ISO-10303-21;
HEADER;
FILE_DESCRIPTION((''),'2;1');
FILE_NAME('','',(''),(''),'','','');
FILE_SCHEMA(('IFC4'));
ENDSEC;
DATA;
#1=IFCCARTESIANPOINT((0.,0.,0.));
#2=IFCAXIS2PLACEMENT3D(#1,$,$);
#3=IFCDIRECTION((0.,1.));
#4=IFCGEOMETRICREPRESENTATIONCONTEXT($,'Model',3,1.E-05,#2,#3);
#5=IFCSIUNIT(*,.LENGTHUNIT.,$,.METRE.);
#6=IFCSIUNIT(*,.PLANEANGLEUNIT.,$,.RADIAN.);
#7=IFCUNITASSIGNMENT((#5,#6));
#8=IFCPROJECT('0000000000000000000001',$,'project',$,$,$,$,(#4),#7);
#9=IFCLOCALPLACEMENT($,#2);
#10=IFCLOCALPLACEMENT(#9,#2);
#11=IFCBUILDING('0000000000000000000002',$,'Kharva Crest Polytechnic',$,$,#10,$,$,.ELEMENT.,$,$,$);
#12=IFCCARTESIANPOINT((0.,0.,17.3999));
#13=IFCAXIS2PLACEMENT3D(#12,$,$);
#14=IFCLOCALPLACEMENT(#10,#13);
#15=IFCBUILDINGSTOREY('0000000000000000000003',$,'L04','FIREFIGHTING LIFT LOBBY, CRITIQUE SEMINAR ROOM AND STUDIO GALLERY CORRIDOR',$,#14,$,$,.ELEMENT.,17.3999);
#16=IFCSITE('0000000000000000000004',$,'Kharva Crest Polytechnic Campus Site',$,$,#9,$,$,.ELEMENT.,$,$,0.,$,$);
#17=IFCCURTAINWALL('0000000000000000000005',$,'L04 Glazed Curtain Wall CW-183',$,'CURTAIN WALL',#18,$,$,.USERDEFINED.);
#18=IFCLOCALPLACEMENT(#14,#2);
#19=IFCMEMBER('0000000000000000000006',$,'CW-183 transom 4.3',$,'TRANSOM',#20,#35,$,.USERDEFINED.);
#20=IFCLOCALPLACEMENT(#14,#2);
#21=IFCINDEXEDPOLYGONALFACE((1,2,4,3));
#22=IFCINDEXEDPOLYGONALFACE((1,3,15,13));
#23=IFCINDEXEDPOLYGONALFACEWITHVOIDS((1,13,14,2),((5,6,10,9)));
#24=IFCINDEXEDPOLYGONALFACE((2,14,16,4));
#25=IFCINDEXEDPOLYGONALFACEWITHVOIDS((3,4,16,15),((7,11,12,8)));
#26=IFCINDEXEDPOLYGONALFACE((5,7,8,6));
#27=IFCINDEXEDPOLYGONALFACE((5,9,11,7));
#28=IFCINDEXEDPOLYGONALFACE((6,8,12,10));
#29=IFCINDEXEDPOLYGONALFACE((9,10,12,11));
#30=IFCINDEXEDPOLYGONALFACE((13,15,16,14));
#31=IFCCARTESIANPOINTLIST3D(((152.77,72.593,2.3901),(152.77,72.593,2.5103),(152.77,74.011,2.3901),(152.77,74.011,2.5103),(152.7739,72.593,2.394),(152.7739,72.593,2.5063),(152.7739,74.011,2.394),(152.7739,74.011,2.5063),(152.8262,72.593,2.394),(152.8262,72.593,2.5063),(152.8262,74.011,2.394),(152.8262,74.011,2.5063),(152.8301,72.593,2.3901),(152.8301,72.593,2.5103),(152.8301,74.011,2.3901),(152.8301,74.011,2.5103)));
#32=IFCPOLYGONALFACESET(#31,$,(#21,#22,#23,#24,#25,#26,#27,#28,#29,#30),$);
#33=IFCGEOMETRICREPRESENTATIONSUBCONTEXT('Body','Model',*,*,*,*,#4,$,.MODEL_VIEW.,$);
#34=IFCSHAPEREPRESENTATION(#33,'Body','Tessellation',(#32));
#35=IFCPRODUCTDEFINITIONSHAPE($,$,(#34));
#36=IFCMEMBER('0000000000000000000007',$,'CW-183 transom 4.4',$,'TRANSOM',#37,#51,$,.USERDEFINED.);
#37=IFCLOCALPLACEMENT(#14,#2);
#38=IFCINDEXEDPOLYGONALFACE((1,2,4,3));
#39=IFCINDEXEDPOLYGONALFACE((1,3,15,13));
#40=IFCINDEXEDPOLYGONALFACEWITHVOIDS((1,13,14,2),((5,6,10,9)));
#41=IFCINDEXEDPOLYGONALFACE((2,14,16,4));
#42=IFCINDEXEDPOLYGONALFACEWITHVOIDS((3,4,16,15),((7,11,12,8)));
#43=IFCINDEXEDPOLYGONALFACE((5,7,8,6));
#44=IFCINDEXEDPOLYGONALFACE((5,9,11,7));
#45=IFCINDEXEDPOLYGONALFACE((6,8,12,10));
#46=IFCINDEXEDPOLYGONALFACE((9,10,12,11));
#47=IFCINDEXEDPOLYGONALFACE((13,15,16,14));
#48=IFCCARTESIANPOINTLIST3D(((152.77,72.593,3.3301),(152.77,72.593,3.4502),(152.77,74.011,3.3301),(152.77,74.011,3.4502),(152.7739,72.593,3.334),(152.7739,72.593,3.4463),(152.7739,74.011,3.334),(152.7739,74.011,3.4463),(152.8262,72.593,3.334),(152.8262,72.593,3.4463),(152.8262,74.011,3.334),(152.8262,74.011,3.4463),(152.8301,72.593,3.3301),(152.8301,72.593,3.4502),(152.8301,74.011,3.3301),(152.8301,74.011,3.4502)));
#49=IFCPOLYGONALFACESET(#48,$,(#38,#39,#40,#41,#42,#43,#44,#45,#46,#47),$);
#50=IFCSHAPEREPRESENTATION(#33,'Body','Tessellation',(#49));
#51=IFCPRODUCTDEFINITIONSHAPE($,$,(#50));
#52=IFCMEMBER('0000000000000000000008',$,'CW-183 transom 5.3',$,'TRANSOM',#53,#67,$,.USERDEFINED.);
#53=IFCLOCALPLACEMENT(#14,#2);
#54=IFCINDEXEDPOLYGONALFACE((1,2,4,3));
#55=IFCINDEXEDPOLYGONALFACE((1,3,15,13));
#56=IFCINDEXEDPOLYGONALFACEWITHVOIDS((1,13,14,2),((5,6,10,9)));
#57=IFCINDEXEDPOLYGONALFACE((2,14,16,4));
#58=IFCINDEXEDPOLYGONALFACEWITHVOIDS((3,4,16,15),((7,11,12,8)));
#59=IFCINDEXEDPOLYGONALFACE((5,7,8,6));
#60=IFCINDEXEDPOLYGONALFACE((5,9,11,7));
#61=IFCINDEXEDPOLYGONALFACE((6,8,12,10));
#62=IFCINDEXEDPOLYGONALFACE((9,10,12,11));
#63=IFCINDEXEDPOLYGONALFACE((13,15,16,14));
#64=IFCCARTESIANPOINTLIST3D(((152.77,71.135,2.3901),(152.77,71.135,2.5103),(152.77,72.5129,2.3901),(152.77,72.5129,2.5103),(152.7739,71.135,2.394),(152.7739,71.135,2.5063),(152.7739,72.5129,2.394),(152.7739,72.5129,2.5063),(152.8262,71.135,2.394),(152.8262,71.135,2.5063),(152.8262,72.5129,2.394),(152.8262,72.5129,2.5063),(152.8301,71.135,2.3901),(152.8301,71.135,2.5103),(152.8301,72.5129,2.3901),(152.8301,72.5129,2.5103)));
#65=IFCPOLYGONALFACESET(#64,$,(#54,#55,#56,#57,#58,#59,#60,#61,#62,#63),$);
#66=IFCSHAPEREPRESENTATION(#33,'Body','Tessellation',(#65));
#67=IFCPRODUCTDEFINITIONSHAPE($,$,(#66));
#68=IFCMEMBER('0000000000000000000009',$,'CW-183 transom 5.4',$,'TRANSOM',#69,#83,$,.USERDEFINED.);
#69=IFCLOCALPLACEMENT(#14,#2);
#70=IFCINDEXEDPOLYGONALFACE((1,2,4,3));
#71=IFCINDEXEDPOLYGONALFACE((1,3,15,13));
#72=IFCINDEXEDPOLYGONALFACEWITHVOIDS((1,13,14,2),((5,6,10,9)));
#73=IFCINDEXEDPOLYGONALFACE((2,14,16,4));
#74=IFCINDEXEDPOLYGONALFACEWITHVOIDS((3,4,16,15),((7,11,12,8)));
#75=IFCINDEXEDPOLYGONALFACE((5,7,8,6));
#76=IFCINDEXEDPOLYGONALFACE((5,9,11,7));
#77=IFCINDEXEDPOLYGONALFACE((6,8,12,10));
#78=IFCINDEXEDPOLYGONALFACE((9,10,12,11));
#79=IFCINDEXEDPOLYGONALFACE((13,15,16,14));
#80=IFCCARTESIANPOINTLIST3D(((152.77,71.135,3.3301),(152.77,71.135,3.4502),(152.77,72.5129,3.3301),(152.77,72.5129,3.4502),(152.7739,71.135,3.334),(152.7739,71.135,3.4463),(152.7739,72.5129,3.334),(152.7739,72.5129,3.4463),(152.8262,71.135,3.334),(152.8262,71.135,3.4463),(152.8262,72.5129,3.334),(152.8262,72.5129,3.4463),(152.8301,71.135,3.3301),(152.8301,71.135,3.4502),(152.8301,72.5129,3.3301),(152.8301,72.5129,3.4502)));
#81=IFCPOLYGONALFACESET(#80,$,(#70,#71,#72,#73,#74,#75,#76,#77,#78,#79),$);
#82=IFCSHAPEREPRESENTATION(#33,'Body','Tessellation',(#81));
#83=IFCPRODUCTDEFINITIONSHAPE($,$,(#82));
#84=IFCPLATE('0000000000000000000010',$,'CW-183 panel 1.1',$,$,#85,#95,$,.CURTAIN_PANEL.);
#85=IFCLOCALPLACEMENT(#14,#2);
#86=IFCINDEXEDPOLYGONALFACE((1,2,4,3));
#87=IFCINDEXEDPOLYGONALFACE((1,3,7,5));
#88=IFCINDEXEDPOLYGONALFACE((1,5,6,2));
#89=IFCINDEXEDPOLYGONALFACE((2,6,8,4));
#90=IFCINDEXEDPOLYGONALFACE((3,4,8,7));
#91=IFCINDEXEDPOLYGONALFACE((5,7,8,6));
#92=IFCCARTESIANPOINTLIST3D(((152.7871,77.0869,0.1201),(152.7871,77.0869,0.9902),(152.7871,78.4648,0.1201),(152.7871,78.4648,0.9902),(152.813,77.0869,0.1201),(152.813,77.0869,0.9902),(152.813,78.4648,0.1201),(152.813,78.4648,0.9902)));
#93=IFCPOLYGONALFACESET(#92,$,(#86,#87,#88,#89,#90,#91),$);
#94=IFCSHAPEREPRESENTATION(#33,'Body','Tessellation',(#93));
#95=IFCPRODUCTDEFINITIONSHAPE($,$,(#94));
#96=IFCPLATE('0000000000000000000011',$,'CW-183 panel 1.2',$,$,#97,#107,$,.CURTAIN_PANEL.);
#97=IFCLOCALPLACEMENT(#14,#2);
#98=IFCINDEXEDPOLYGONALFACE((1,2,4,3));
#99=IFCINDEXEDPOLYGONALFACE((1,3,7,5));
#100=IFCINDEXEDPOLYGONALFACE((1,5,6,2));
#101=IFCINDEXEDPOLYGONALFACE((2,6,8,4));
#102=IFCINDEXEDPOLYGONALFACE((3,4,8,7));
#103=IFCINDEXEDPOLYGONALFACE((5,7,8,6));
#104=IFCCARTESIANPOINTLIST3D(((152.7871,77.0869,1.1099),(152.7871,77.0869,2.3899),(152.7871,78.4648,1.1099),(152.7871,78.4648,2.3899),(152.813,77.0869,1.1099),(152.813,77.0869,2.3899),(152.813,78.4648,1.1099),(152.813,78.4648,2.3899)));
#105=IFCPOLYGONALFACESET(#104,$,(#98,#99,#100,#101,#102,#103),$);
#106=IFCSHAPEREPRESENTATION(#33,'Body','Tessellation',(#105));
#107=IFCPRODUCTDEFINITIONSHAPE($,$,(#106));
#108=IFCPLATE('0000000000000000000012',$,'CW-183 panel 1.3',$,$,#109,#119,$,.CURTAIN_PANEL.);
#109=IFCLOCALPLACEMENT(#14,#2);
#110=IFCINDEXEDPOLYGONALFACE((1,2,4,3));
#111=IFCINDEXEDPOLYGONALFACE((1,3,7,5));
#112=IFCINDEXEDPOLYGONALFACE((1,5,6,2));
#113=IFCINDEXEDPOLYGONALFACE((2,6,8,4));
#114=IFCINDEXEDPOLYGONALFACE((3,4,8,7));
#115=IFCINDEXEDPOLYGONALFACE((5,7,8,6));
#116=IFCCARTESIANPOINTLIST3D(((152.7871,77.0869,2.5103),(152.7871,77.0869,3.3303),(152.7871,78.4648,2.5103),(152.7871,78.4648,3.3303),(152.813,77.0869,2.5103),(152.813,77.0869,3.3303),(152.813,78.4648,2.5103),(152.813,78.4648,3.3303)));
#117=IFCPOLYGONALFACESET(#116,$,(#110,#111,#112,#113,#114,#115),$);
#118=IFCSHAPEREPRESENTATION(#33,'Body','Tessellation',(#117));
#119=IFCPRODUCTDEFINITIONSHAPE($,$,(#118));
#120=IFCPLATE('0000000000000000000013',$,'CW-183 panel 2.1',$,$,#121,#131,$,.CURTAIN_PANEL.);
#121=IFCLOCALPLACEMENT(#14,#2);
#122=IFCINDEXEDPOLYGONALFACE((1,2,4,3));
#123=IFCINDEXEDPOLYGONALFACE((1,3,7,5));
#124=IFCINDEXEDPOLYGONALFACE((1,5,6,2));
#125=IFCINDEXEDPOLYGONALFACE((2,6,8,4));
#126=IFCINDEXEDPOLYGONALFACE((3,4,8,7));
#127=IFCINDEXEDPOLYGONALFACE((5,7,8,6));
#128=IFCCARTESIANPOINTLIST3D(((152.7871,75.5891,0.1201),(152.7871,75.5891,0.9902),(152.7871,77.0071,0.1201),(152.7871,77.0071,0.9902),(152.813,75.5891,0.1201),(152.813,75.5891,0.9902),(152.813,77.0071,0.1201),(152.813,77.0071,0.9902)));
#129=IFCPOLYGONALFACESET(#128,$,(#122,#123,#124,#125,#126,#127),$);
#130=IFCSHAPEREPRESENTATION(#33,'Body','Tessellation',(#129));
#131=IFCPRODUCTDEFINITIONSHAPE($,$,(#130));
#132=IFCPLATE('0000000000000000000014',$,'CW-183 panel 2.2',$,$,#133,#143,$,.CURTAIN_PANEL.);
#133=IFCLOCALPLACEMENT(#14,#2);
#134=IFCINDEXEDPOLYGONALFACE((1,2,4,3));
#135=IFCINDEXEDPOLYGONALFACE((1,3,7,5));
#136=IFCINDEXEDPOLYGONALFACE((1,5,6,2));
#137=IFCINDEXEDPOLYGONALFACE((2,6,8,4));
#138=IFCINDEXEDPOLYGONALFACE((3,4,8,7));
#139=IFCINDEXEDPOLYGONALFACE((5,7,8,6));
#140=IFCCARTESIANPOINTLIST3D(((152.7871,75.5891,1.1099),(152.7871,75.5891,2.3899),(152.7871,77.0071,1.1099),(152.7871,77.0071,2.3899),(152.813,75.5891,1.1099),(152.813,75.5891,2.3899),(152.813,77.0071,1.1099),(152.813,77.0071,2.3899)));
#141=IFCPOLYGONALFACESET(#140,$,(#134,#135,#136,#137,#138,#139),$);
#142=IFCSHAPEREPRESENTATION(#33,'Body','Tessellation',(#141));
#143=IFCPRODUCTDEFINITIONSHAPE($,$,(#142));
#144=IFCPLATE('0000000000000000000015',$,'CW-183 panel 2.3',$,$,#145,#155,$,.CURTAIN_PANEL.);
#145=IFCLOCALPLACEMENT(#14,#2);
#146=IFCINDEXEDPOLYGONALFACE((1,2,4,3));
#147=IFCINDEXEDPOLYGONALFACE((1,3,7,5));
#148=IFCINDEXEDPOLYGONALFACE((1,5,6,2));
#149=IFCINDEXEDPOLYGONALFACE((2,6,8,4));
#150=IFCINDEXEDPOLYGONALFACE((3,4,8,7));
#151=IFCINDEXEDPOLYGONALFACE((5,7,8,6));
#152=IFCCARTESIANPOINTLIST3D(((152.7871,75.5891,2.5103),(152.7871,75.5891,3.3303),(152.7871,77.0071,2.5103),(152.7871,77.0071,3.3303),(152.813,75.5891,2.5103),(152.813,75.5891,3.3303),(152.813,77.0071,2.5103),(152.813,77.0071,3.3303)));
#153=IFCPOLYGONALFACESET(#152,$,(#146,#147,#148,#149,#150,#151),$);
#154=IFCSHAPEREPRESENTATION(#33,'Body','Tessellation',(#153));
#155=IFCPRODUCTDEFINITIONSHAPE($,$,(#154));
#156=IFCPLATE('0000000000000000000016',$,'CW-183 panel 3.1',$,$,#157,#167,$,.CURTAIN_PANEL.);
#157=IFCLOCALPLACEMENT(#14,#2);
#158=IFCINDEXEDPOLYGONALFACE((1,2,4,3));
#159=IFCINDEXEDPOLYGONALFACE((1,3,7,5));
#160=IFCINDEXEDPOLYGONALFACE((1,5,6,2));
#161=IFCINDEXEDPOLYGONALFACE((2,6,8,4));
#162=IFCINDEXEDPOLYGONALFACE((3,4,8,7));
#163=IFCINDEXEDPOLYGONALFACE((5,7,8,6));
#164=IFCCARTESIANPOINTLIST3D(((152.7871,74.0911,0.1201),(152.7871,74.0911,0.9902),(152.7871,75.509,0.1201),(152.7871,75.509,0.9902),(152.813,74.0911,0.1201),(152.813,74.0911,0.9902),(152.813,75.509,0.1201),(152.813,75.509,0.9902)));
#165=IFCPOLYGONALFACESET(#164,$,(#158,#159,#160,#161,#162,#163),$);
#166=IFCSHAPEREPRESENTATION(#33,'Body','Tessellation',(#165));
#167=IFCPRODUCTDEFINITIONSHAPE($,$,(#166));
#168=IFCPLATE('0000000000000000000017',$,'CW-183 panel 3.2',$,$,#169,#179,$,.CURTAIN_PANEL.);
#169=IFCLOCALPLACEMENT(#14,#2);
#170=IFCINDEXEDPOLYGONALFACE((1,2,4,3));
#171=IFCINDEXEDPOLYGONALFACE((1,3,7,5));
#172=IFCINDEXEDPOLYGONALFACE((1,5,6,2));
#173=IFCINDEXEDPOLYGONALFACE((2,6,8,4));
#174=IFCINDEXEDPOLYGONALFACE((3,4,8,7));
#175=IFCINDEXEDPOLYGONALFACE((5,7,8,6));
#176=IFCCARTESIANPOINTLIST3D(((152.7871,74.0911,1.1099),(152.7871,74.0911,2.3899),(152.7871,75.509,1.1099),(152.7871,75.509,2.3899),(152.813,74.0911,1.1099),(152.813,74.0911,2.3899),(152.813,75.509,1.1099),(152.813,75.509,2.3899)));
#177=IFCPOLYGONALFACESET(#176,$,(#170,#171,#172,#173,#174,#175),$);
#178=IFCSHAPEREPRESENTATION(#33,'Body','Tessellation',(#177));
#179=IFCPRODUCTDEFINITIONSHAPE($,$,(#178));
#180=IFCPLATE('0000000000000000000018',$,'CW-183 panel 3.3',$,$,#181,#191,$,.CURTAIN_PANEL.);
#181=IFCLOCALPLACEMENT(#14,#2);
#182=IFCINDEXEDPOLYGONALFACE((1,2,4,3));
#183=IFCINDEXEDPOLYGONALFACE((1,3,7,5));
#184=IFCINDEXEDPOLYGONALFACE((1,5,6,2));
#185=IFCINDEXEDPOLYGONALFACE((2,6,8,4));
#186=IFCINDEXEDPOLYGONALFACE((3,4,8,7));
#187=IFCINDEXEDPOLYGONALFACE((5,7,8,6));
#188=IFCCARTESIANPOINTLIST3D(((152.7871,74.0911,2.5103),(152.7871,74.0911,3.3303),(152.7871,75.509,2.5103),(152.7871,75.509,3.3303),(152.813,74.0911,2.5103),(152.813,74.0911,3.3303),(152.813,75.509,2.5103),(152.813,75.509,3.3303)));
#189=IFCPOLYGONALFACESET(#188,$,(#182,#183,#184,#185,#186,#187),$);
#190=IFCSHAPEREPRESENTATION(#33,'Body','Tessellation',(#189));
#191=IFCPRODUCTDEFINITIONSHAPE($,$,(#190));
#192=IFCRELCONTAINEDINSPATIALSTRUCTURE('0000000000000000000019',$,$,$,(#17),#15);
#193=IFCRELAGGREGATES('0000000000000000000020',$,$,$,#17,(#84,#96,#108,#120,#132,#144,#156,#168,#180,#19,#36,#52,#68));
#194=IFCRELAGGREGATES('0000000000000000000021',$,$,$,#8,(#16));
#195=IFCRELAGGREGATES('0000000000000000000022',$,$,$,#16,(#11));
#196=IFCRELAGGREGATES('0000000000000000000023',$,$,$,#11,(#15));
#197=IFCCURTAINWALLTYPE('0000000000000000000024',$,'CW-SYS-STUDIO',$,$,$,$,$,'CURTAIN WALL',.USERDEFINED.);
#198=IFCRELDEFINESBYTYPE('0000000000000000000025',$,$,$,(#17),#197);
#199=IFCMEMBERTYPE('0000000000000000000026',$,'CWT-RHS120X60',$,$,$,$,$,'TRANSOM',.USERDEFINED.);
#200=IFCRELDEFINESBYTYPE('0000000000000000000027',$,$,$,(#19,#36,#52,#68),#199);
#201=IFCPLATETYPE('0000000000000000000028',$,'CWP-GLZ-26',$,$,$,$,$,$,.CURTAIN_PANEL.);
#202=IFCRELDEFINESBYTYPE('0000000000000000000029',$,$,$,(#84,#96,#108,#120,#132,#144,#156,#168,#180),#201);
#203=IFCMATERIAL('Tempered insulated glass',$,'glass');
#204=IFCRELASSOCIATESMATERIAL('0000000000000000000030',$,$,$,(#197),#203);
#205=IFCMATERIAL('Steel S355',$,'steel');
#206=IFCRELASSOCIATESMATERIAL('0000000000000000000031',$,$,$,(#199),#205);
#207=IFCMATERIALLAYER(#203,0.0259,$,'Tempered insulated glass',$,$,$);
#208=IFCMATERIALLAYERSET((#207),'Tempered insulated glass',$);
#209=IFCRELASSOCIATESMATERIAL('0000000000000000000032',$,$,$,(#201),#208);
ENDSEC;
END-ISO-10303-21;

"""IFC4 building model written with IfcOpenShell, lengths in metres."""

from ifc_helpers import new_model, si_unit, direction, frame, origin, origin_2d, place, context, subcontext, project, spatial, rectangle, hollow_rectangle, extrude, material, layer, layer_set, material_profile, profile_set, type_object, element, aggregate, save


model = new_model("IFC4")

# Units and contexts
model_context = context("Model", 3, precision=1e-05, world=origin(), true_north=direction((0.0, 1.0)))
body_context = subcontext(model_context, "Body", "Model", "MODEL_VIEW")
ifc_project = project(units=[si_unit("LENGTHUNIT", "METRE"), si_unit("PLANEANGLEUNIT", "RADIAN")], contexts=[model_context])

# Site, building, storey
site_placement = place(None, origin())
site = spatial("IfcSite", under=ifc_project, at=site_placement, Name="Kharva Crest Polytechnic Campus Site", CompositionType="ELEMENT", RefElevation=0.0)
building_placement = place(site_placement, origin())
building = spatial("IfcBuilding", under=site, at=building_placement, Name="Kharva Crest Polytechnic", CompositionType="ELEMENT")
storey_placement = place(building_placement, frame((0.0, 0.0, 17.3999)))
storey = spatial("IfcBuildingStorey", under=building, at=storey_placement, Name="L04", Description="FIREFIGHTING LIFT LOBBY, CRITIQUE SEMINAR ROOM AND STUDIO GALLERY CORRIDOR", CompositionType="ELEMENT", Elevation=17.3999)

# Curtain wall, members, plates
ifc_material_1 = material(Name="Tempered insulated glass", Category="glass")
curtain_wall_type = type_object("IfcCurtainWallType", Name="CW-SYS-STUDIO", ElementType="CURTAIN WALL", PredefinedType="USERDEFINED", material=ifc_material_1)
curtain_wall_placement = place(storey_placement, origin())
curtain_wall = element("IfcCurtainWall", 1, at=curtain_wall_placement, inside=storey, type_object=curtain_wall_type, Name="L04 Glazed Curtain Wall CW-183", ObjectType="CURTAIN WALL", PredefinedType="USERDEFINED")
ifc_material_2 = material(Name="Steel S355", Category="steel")
ifc_material_profile_1 = material_profile(ifc_material_2, hollow_rectangle(XDim=0.0601, YDim=0.1201, WallThickness=0.0039, at=origin_2d()), Name="RHS 120X60X4.0")
ifc_profile_set_1 = profile_set([ifc_material_profile_1], Name="Steel S355")
member_type_1 = type_object("IfcMemberType", Name="CWT-RHS120X60", ElementType="TRANSOM", PredefinedType="USERDEFINED", material=ifc_profile_set_1)
member_1_placement = place(storey_placement, frame((152.8, 74.011, 2.4502), z_axis=(0.0, -1.0, 0.0), x_axis=(1.0, 0.0, 0.0)))
member_1 = element("IfcMember", 2, at=member_1_placement, type_object=member_type_1, Name="CW-183 transom 4.3", ObjectType="TRANSOM", PredefinedType="USERDEFINED", context=body_context, shape_type="SweptSolid", body=[
    extrude(hollow_rectangle(XDim=0.0601, YDim=0.1201, WallThickness=0.0039, at=origin_2d()), origin(), (0.0, 0.0, 1.0), 1.418),
])
member_2_placement = place(storey_placement, frame((152.8, 74.011, 3.3901), z_axis=(0.0, -1.0, 0.0), x_axis=(1.0, 0.0, 0.0)))
member_2 = element("IfcMember", 3, at=member_2_placement, type_object=member_type_1, Name="CW-183 transom 4.4", ObjectType="TRANSOM", PredefinedType="USERDEFINED", context=body_context, shape_type="SweptSolid", body=[
    extrude(hollow_rectangle(XDim=0.0601, YDim=0.1201, WallThickness=0.0039, at=origin_2d()), origin(), (0.0, 0.0, 1.0), 1.418),
])
member_3_placement = place(storey_placement, frame((152.8, 72.5129, 2.4502), z_axis=(0.0, -1.0, 0.0), x_axis=(1.0, 0.0, 0.0)))
member_3 = element("IfcMember", 4, at=member_3_placement, type_object=member_type_1, Name="CW-183 transom 5.3", ObjectType="TRANSOM", PredefinedType="USERDEFINED", context=body_context, shape_type="SweptSolid", body=[
    extrude(hollow_rectangle(XDim=0.0601, YDim=0.1201, WallThickness=0.0039, at=origin_2d()), origin(), (0.0, 0.0, 1.0), 1.3779),
])
member_4_placement = place(storey_placement, frame((152.8, 72.5129, 3.3901), z_axis=(0.0, -1.0, 0.0), x_axis=(1.0, 0.0, 0.0)))
member_4 = element("IfcMember", 5, at=member_4_placement, type_object=member_type_1, Name="CW-183 transom 5.4", ObjectType="TRANSOM", PredefinedType="USERDEFINED", context=body_context, shape_type="SweptSolid", body=[
    extrude(hollow_rectangle(XDim=0.0601, YDim=0.1201, WallThickness=0.0039, at=origin_2d()), origin(), (0.0, 0.0, 1.0), 1.3779),
])
ifc_layer = layer(ifc_material_1, 0.0259, Name="Tempered insulated glass")
ifc_layer_set = layer_set([ifc_layer], Name="Tempered insulated glass")
plate_type = type_object("IfcPlateType", Name="CWP-GLZ-26", PredefinedType="CURTAIN_PANEL", material=ifc_layer_set)
plate_1_placement = place(storey_placement, frame((152.8, 77.7759, 0.1201), z_axis=(0.0, 0.0, 1.0), x_axis=(0.0, -1.0, 0.0)))
plate_1 = element("IfcPlate", 6, at=plate_1_placement, type_object=plate_type, Name="CW-183 panel 1.1", PredefinedType="CURTAIN_PANEL", context=body_context, shape_type="SweptSolid", body=[
    extrude(rectangle(XDim=1.3779, YDim=0.0259, at=origin_2d()), origin(), (0.0, 0.0, 1.0), 0.8701),
])
plate_2_placement = place(storey_placement, frame((152.8, 77.7759, 1.1099), z_axis=(0.0, 0.0, 1.0), x_axis=(0.0, -1.0, 0.0)))
plate_2 = element("IfcPlate", 7, at=plate_2_placement, type_object=plate_type, Name="CW-183 panel 1.2", PredefinedType="CURTAIN_PANEL", context=body_context, shape_type="SweptSolid", body=[
    extrude(rectangle(XDim=1.3779, YDim=0.0259, at=origin_2d()), origin(), (0.0, 0.0, 1.0), 1.28),
])
plate_3_placement = place(storey_placement, frame((152.8, 77.7759, 2.5103), z_axis=(0.0, 0.0, 1.0), x_axis=(0.0, -1.0, 0.0)))
plate_3 = element("IfcPlate", 8, at=plate_3_placement, type_object=plate_type, Name="CW-183 panel 1.3", PredefinedType="CURTAIN_PANEL", context=body_context, shape_type="SweptSolid", body=[
    extrude(rectangle(XDim=1.3779, YDim=0.0259, at=origin_2d()), origin(), (0.0, 0.0, 1.0), 0.8201),
])
plate_4_placement = place(storey_placement, frame((152.8, 76.2981, 0.1201), z_axis=(0.0, 0.0, 1.0), x_axis=(0.0, -1.0, 0.0)))
plate_4 = element("IfcPlate", 9, at=plate_4_placement, type_object=plate_type, Name="CW-183 panel 2.1", PredefinedType="CURTAIN_PANEL", context=body_context, shape_type="SweptSolid", body=[
    extrude(rectangle(XDim=1.418, YDim=0.0259, at=origin_2d()), origin(), (0.0, 0.0, 1.0), 0.8701),
])
plate_5_placement = place(storey_placement, frame((152.8, 76.2981, 1.1099), z_axis=(0.0, 0.0, 1.0), x_axis=(0.0, -1.0, 0.0)))
plate_5 = element("IfcPlate", 10, at=plate_5_placement, type_object=plate_type, Name="CW-183 panel 2.2", PredefinedType="CURTAIN_PANEL", context=body_context, shape_type="SweptSolid", body=[
    extrude(rectangle(XDim=1.418, YDim=0.0259, at=origin_2d()), origin(), (0.0, 0.0, 1.0), 1.28),
])
plate_6_placement = place(storey_placement, frame((152.8, 76.2981, 2.5103), z_axis=(0.0, 0.0, 1.0), x_axis=(0.0, -1.0, 0.0)))
plate_6 = element("IfcPlate", 11, at=plate_6_placement, type_object=plate_type, Name="CW-183 panel 2.3", PredefinedType="CURTAIN_PANEL", context=body_context, shape_type="SweptSolid", body=[
    extrude(rectangle(XDim=1.418, YDim=0.0259, at=origin_2d()), origin(), (0.0, 0.0, 1.0), 0.8201),
])
plate_7_placement = place(storey_placement, frame((152.8, 74.8, 0.1201), z_axis=(0.0, 0.0, 1.0), x_axis=(0.0, -1.0, 0.0)))
plate_7 = element("IfcPlate", 12, at=plate_7_placement, type_object=plate_type, Name="CW-183 panel 3.1", PredefinedType="CURTAIN_PANEL", context=body_context, shape_type="SweptSolid", body=[
    extrude(rectangle(XDim=1.418, YDim=0.0259, at=origin_2d()), origin(), (0.0, 0.0, 1.0), 0.8701),
])
plate_8_placement = place(storey_placement, frame((152.8, 74.8, 1.1099), z_axis=(0.0, 0.0, 1.0), x_axis=(0.0, -1.0, 0.0)))
plate_8 = element("IfcPlate", 13, at=plate_8_placement, type_object=plate_type, Name="CW-183 panel 3.2", PredefinedType="CURTAIN_PANEL", context=body_context, shape_type="SweptSolid", body=[
    extrude(rectangle(XDim=1.418, YDim=0.0259, at=origin_2d()), origin(), (0.0, 0.0, 1.0), 1.28),
])
plate_9_placement = place(storey_placement, frame((152.8, 74.8, 2.5103), z_axis=(0.0, 0.0, 1.0), x_axis=(0.0, -1.0, 0.0)))
plate_9 = element("IfcPlate", 14, at=plate_9_placement, type_object=plate_type, Name="CW-183 panel 3.3", PredefinedType="CURTAIN_PANEL", context=body_context, shape_type="SweptSolid", body=[
    extrude(rectangle(XDim=1.418, YDim=0.0259, at=origin_2d()), origin(), (0.0, 0.0, 1.0), 0.8201),
])
aggregate(curtain_wall, [plate_1, plate_2, plate_3, plate_4, plate_5, plate_6, plate_7, plate_8, plate_9, member_1, member_2, member_3, member_4])

save(model, "model.ifc")
